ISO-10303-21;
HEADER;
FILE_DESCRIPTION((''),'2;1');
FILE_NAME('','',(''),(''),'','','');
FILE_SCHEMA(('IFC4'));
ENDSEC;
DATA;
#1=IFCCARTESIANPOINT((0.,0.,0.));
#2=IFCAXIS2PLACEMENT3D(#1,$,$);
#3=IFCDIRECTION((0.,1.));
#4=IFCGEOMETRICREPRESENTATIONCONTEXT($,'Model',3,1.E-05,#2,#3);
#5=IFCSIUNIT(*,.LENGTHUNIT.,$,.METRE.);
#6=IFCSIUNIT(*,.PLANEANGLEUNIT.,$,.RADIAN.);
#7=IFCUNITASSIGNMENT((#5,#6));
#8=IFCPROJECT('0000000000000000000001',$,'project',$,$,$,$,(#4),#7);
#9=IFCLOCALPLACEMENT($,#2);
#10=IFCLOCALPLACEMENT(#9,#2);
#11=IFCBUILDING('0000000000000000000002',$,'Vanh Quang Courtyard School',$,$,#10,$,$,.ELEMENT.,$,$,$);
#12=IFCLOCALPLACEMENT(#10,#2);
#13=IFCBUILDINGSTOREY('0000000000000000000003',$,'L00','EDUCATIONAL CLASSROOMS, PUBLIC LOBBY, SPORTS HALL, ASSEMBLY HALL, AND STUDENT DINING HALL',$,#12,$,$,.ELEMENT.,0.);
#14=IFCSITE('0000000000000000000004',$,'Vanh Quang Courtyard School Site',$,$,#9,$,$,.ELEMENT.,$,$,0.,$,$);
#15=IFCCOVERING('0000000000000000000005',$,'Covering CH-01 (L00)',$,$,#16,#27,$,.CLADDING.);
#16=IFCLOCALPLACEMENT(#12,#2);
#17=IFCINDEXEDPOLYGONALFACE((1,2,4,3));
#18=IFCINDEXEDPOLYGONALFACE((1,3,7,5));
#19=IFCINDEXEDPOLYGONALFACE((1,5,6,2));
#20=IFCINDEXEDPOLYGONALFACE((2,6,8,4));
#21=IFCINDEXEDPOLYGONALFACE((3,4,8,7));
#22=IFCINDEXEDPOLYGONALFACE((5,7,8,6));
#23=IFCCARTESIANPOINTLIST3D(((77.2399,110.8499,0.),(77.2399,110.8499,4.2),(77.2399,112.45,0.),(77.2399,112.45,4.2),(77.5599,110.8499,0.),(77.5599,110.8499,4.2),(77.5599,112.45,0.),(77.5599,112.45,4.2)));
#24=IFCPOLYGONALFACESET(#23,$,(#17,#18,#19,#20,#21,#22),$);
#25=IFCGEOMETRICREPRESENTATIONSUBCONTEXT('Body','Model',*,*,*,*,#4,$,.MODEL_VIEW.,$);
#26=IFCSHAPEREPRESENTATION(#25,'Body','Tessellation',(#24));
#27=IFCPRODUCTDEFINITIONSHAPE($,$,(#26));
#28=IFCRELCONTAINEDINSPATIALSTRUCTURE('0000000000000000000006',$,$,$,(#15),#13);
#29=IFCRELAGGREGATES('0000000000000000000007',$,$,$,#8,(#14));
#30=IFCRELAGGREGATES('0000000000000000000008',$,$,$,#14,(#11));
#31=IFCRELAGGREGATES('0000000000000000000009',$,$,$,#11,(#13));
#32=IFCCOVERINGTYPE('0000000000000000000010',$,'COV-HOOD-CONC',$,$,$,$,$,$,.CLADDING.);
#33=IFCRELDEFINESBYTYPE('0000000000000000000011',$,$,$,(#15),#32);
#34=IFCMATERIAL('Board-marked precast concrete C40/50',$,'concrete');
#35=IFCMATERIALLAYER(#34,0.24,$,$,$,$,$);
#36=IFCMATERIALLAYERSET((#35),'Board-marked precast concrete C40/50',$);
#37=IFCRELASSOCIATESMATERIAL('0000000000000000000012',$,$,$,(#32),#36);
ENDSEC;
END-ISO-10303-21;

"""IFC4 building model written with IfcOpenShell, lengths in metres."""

from ifc_helpers import new_model, si_unit, direction, frame, origin, origin_2d, place, context, subcontext, project, spatial, rectangle, extrude, material, layer, layer_set, type_object, element, save


model = new_model("IFC4")

# Units and contexts
model_context = context("Model", 3, precision=1e-05, world=origin(), true_north=direction((0.0, 1.0)))
body_context = subcontext(model_context, "Body", "Model", "MODEL_VIEW")
ifc_project = project(units=[si_unit("LENGTHUNIT", "METRE"), si_unit("PLANEANGLEUNIT", "RADIAN")], contexts=[model_context])

# Site, building, storey
site_placement = place(None, origin())
site = spatial("IfcSite", under=ifc_project, at=site_placement, Name="Vanh Quang Courtyard School Site", CompositionType="ELEMENT", RefElevation=0.0)
building_placement = place(site_placement, origin())
building = spatial("IfcBuilding", under=site, at=building_placement, Name="Vanh Quang Courtyard School", CompositionType="ELEMENT")
storey_placement = place(building_placement, origin())
storey = spatial("IfcBuildingStorey", under=building, at=storey_placement, Name="L00", Description="EDUCATIONAL CLASSROOMS, PUBLIC LOBBY, SPORTS HALL, ASSEMBLY HALL, AND STUDENT DINING HALL", CompositionType="ELEMENT", Elevation=0.0)

# Covering
ifc_material_1 = material(Name="Board-marked precast concrete C40/50", Category="concrete")
ifc_layer_1 = layer(ifc_material_1, 0.24)
ifc_layer_set_1 = layer_set([ifc_layer_1], Name="Board-marked precast concrete C40/50")
covering_type = type_object("IfcCoveringType", Name="COV-HOOD-CONC", PredefinedType="CLADDING", material=ifc_layer_set_1)
for number, where, z_axis, x_axis, name in (
    (1, (77.3999, 111.6499, 0.0), (0.0, 0.0, 1.0), (0.0, 1.0, 0.0), "Covering CH-01 (L00)"),
):
    element("IfcCovering", number, at=place(storey_placement, frame(where, z_axis=z_axis, x_axis=x_axis)), inside=storey, type_object=covering_type, Name=name, PredefinedType="CLADDING", context=body_context, shape_type="SweptSolid", body=[
        extrude(rectangle(XDim=1.6001, YDim=0.3201, at=origin_2d()), origin(), (0.0, 0.0, 1.0), 4.2),
    ])

save(model, "model.ifc")
